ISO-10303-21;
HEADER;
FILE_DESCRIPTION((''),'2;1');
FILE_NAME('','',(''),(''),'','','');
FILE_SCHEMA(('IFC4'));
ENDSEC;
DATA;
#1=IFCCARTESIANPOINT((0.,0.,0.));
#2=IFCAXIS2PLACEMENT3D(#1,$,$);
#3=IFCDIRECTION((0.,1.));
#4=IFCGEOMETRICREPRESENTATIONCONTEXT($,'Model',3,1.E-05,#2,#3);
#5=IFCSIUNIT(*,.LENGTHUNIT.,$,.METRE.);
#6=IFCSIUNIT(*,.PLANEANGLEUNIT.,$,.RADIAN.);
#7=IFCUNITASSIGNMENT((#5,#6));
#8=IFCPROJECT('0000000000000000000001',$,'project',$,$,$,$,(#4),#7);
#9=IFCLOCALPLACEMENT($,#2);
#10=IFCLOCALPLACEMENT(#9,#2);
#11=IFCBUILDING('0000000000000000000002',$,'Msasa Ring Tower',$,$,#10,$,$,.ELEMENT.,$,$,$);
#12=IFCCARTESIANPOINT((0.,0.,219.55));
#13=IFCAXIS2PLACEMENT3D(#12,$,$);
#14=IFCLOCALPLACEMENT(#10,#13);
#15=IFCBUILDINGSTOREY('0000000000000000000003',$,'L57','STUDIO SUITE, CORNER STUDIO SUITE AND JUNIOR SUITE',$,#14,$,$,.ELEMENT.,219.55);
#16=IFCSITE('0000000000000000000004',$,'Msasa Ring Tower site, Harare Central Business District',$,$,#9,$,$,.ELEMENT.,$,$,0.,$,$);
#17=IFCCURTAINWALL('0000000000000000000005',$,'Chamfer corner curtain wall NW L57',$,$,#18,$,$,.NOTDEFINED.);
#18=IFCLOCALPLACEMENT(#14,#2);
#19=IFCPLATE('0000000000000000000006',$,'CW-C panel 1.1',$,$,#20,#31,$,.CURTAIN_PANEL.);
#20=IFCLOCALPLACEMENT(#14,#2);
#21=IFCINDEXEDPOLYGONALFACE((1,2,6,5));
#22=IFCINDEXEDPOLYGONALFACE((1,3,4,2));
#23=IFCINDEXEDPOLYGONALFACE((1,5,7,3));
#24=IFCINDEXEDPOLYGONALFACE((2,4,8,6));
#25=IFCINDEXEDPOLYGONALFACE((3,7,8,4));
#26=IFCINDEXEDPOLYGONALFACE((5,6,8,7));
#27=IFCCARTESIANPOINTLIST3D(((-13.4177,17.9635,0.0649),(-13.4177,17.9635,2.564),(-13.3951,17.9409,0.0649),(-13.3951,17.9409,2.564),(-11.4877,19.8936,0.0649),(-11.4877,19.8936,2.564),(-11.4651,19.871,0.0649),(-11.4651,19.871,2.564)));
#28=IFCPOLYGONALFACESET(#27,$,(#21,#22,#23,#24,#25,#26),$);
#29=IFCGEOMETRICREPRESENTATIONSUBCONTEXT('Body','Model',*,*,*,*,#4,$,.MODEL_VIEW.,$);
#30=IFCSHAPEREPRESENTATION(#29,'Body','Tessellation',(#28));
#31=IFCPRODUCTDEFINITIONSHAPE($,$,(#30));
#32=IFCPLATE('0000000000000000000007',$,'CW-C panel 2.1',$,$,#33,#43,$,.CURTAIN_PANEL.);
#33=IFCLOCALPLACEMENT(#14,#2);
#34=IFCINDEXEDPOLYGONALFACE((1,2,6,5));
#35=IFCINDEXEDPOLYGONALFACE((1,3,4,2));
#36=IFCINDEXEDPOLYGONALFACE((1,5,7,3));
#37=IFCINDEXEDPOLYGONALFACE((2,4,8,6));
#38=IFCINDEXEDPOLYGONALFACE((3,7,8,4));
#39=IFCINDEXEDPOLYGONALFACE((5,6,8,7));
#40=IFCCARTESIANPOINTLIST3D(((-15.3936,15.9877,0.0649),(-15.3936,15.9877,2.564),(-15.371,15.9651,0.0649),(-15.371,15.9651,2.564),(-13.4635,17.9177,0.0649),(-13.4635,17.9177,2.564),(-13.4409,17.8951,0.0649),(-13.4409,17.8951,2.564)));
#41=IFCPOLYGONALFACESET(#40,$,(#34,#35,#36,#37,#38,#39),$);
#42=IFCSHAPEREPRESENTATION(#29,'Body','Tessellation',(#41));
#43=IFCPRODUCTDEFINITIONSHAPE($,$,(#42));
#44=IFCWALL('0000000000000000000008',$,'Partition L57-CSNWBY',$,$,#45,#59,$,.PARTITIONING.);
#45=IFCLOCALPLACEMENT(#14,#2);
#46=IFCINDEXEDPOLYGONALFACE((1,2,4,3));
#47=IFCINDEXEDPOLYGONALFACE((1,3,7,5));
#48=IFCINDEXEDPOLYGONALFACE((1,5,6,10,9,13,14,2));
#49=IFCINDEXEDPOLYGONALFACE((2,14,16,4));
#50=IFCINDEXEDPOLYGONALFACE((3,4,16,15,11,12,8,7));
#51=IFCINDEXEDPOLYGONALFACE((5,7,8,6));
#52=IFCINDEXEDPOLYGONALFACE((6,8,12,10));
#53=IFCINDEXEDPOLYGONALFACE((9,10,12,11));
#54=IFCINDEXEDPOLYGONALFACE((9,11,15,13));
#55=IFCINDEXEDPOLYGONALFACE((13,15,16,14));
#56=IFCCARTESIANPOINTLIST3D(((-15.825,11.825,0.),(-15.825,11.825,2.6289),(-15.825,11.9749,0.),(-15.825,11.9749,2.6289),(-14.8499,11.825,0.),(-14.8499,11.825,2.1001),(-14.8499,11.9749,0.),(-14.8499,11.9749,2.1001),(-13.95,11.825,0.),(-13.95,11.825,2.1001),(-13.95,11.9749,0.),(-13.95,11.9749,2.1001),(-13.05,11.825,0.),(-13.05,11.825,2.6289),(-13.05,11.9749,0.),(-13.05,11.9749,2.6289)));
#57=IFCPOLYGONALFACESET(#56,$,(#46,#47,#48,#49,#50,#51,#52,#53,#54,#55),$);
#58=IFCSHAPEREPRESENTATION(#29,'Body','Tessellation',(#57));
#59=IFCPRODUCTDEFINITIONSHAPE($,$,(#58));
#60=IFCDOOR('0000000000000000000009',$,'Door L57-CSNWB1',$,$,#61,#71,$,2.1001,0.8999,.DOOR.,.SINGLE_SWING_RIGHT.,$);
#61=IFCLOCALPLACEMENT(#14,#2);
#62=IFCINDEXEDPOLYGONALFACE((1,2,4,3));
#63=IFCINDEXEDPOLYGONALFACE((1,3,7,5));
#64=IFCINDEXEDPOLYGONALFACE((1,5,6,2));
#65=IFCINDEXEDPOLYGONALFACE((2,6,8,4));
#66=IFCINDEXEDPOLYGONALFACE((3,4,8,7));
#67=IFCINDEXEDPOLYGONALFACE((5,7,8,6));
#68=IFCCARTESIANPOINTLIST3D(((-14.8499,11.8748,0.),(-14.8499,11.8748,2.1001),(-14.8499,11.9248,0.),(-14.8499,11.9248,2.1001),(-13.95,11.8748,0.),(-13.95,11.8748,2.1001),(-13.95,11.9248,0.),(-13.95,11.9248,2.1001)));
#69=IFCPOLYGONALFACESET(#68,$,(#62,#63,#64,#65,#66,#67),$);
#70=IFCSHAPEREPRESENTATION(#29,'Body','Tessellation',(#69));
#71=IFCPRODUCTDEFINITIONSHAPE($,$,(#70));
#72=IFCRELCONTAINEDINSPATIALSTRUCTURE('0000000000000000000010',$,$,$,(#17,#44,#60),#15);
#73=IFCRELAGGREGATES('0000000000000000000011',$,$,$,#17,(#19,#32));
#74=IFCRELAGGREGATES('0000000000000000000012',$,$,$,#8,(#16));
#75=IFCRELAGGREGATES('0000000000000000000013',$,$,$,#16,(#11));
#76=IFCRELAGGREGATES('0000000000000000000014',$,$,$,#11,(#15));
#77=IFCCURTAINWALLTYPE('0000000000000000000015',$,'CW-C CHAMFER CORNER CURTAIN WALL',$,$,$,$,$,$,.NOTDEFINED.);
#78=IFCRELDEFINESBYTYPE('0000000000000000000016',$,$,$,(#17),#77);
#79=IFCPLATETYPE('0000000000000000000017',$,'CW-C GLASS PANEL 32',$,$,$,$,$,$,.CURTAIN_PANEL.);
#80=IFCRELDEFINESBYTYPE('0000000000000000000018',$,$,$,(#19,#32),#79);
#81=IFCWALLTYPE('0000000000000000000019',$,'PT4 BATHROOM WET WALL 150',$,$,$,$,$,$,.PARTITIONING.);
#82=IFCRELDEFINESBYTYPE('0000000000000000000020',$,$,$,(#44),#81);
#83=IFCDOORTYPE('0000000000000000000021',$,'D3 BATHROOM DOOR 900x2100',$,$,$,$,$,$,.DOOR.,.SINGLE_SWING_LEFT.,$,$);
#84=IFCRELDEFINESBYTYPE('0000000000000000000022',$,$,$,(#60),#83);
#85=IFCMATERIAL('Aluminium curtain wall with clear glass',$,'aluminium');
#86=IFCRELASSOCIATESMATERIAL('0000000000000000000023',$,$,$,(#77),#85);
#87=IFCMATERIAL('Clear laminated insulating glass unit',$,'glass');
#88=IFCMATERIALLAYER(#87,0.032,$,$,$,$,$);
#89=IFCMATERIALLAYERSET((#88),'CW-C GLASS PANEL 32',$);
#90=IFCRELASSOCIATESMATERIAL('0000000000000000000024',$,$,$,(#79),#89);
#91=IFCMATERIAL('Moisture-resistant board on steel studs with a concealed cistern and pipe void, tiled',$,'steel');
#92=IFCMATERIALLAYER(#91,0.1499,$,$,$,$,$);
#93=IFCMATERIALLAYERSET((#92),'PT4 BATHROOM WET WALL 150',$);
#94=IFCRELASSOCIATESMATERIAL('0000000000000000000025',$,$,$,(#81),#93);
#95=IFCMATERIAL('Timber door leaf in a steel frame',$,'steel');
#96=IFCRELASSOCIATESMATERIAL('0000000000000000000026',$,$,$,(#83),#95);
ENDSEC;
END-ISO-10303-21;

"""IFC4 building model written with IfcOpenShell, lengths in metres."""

from ifc_helpers import new_model, si_unit, direction, frame, frame_2d, origin, origin_2d, place, context, subcontext, project, spatial, rectangle, extrude, material, layer, layer_set, type_object, element, fill, aggregate, save


model = new_model("IFC4")

# Units and contexts
model_context = context("Model", 3, precision=1e-05, world=origin(), true_north=direction((0.0, 1.0)))
body_context = subcontext(model_context, "Body", "Model", "MODEL_VIEW")
ifc_project = project(units=[si_unit("LENGTHUNIT", "METRE"), si_unit("PLANEANGLEUNIT", "RADIAN")], contexts=[model_context])

# Site, building, storey
site_placement = place(None, origin())
site = spatial("IfcSite", under=ifc_project, at=site_placement, Name="Msasa Ring Tower site, Harare Central Business District", CompositionType="ELEMENT", RefElevation=0.0)
building_placement = place(site_placement, origin())
building = spatial("IfcBuilding", under=site, at=building_placement, Name="Msasa Ring Tower", CompositionType="ELEMENT")
storey_placement = place(building_placement, frame((0.0, 0.0, 219.55)))
storey = spatial("IfcBuildingStorey", under=building, at=storey_placement, Name="L57", Description="STUDIO SUITE, CORNER STUDIO SUITE AND JUNIOR SUITE", CompositionType="ELEMENT", Elevation=219.55)

# Curtain wall
ifc_material_1 = material(Name="Aluminium curtain wall with clear glass", Category="aluminium")
curtain_wall_type = type_object("IfcCurtainWallType", Name="CW-C CHAMFER CORNER CURTAIN WALL", PredefinedType="NOTDEFINED", material=ifc_material_1)
curtain_wall_1_placement = place(storey_placement, origin())
curtain_wall_1 = element("IfcCurtainWall", 1, at=curtain_wall_1_placement, inside=storey, type_object=curtain_wall_type, Name="Chamfer corner curtain wall NW L57", PredefinedType="NOTDEFINED")

# Plates
ifc_material_2 = material(Name="Clear laminated insulating glass unit", Category="glass")
ifc_layer_1 = layer(ifc_material_2, 0.032)
ifc_layer_set_1 = layer_set([ifc_layer_1], Name="CW-C GLASS PANEL 32")
plate_type = type_object("IfcPlateType", Name="CW-C GLASS PANEL 32", PredefinedType="CURTAIN_PANEL", material=ifc_layer_set_1)
plate_1_placement = place(storey_placement, frame((-12.4414, 18.9172, 0.0649), z_axis=(0.0, 0.0, 1.0), x_axis=(-0.707107, -0.707107, 0.0)))
plate_1 = element("IfcPlate", 2, at=plate_1_placement, type_object=plate_type, Name="CW-C panel 1.1", PredefinedType="CURTAIN_PANEL", context=body_context, shape_type="SweptSolid", body=[
    extrude(rectangle(XDim=2.7295, YDim=0.032, at=origin_2d()), origin(), (0.0, 0.0, 1.0), 2.499),
])
plate_2_placement = place(storey_placement, frame((-14.4172, 16.9414, 0.0649), z_axis=(0.0, 0.0, 1.0), x_axis=(-0.707107, -0.707107, 0.0)))
plate_2 = element("IfcPlate", 3, at=plate_2_placement, type_object=plate_type, Name="CW-C panel 2.1", PredefinedType="CURTAIN_PANEL", context=body_context, shape_type="SweptSolid", body=[
    extrude(rectangle(XDim=2.7295, YDim=0.032, at=origin_2d()), origin(), (0.0, 0.0, 1.0), 2.499),
])
aggregate(curtain_wall_1, [plate_1, plate_2])

# Wall, opening, door
ifc_material_3 = material(Name="Moisture-resistant board on steel studs with a concealed cistern and pipe void, tiled", Category="steel")
ifc_layer_2 = layer(ifc_material_3, 0.1499)
ifc_layer_set_2 = layer_set([ifc_layer_2], Name="PT4 BATHROOM WET WALL 150")
wall_type = type_object("IfcWallType", Name="PT4 BATHROOM WET WALL 150", PredefinedType="PARTITIONING", material=ifc_layer_set_2)
wall_placement = place(storey_placement, frame((-15.825, 11.8999, 0.0), z_axis=(0.0, 0.0, 1.0), x_axis=(1.0, 0.0, 0.0)))
wall = element("IfcWall", 4, at=wall_placement, inside=storey, type_object=wall_type, Name="Partition L57-CSNWBY", PredefinedType="PARTITIONING", context=body_context, shape_type="SweptSolid", body=[
    extrude(rectangle(XDim=2.7749, YDim=0.1499, at=frame_2d((1.3875, 0.0))), origin(), (0.0, 0.0, 1.0), 2.6289),
])
opening_placement = place(wall_placement, frame((0.9751, 0.0, 0.0)))
opening = element("IfcOpeningElement", 5, at=opening_placement, cuts=wall, PredefinedType="OPENING", context=body_context, shape_type="SweptSolid", body=[
    extrude(rectangle(XDim=0.8999, YDim=2.1001, at=frame_2d((0.45, 1.05))), frame((0.0, 0.085, 0.0), z_axis=(0.0, -1.0, 0.0), x_axis=(1.0, 0.0, 0.0)), (0.0, 0.0, 1.0), 0.1699),
])
ifc_material_4 = material(Name="Timber door leaf in a steel frame", Category="steel")
door_type = type_object("IfcDoorType", Name="D3 BATHROOM DOOR 900x2100", OperationType="SINGLE_SWING_LEFT", PredefinedType="DOOR", material=ifc_material_4)
door_placement = place(opening_placement, origin())
door = element("IfcDoor", 6, at=door_placement, inside=storey, type_object=door_type, Name="Door L57-CSNWB1", OperationType="SINGLE_SWING_RIGHT", OverallHeight=2.1001, OverallWidth=0.8999, PredefinedType="DOOR", context=body_context, shape_type="SweptSolid", body=[
    extrude(rectangle(XDim=0.8999, YDim=2.1001, at=frame_2d((0.45, 1.05))), frame((0.0, 0.0249, 0.0), z_axis=(0.0, -1.0, 0.0), x_axis=(1.0, 0.0, 0.0)), (0.0, 0.0, 1.0), 0.05),
])
fill(opening, door)

save(model, "model.ifc")
